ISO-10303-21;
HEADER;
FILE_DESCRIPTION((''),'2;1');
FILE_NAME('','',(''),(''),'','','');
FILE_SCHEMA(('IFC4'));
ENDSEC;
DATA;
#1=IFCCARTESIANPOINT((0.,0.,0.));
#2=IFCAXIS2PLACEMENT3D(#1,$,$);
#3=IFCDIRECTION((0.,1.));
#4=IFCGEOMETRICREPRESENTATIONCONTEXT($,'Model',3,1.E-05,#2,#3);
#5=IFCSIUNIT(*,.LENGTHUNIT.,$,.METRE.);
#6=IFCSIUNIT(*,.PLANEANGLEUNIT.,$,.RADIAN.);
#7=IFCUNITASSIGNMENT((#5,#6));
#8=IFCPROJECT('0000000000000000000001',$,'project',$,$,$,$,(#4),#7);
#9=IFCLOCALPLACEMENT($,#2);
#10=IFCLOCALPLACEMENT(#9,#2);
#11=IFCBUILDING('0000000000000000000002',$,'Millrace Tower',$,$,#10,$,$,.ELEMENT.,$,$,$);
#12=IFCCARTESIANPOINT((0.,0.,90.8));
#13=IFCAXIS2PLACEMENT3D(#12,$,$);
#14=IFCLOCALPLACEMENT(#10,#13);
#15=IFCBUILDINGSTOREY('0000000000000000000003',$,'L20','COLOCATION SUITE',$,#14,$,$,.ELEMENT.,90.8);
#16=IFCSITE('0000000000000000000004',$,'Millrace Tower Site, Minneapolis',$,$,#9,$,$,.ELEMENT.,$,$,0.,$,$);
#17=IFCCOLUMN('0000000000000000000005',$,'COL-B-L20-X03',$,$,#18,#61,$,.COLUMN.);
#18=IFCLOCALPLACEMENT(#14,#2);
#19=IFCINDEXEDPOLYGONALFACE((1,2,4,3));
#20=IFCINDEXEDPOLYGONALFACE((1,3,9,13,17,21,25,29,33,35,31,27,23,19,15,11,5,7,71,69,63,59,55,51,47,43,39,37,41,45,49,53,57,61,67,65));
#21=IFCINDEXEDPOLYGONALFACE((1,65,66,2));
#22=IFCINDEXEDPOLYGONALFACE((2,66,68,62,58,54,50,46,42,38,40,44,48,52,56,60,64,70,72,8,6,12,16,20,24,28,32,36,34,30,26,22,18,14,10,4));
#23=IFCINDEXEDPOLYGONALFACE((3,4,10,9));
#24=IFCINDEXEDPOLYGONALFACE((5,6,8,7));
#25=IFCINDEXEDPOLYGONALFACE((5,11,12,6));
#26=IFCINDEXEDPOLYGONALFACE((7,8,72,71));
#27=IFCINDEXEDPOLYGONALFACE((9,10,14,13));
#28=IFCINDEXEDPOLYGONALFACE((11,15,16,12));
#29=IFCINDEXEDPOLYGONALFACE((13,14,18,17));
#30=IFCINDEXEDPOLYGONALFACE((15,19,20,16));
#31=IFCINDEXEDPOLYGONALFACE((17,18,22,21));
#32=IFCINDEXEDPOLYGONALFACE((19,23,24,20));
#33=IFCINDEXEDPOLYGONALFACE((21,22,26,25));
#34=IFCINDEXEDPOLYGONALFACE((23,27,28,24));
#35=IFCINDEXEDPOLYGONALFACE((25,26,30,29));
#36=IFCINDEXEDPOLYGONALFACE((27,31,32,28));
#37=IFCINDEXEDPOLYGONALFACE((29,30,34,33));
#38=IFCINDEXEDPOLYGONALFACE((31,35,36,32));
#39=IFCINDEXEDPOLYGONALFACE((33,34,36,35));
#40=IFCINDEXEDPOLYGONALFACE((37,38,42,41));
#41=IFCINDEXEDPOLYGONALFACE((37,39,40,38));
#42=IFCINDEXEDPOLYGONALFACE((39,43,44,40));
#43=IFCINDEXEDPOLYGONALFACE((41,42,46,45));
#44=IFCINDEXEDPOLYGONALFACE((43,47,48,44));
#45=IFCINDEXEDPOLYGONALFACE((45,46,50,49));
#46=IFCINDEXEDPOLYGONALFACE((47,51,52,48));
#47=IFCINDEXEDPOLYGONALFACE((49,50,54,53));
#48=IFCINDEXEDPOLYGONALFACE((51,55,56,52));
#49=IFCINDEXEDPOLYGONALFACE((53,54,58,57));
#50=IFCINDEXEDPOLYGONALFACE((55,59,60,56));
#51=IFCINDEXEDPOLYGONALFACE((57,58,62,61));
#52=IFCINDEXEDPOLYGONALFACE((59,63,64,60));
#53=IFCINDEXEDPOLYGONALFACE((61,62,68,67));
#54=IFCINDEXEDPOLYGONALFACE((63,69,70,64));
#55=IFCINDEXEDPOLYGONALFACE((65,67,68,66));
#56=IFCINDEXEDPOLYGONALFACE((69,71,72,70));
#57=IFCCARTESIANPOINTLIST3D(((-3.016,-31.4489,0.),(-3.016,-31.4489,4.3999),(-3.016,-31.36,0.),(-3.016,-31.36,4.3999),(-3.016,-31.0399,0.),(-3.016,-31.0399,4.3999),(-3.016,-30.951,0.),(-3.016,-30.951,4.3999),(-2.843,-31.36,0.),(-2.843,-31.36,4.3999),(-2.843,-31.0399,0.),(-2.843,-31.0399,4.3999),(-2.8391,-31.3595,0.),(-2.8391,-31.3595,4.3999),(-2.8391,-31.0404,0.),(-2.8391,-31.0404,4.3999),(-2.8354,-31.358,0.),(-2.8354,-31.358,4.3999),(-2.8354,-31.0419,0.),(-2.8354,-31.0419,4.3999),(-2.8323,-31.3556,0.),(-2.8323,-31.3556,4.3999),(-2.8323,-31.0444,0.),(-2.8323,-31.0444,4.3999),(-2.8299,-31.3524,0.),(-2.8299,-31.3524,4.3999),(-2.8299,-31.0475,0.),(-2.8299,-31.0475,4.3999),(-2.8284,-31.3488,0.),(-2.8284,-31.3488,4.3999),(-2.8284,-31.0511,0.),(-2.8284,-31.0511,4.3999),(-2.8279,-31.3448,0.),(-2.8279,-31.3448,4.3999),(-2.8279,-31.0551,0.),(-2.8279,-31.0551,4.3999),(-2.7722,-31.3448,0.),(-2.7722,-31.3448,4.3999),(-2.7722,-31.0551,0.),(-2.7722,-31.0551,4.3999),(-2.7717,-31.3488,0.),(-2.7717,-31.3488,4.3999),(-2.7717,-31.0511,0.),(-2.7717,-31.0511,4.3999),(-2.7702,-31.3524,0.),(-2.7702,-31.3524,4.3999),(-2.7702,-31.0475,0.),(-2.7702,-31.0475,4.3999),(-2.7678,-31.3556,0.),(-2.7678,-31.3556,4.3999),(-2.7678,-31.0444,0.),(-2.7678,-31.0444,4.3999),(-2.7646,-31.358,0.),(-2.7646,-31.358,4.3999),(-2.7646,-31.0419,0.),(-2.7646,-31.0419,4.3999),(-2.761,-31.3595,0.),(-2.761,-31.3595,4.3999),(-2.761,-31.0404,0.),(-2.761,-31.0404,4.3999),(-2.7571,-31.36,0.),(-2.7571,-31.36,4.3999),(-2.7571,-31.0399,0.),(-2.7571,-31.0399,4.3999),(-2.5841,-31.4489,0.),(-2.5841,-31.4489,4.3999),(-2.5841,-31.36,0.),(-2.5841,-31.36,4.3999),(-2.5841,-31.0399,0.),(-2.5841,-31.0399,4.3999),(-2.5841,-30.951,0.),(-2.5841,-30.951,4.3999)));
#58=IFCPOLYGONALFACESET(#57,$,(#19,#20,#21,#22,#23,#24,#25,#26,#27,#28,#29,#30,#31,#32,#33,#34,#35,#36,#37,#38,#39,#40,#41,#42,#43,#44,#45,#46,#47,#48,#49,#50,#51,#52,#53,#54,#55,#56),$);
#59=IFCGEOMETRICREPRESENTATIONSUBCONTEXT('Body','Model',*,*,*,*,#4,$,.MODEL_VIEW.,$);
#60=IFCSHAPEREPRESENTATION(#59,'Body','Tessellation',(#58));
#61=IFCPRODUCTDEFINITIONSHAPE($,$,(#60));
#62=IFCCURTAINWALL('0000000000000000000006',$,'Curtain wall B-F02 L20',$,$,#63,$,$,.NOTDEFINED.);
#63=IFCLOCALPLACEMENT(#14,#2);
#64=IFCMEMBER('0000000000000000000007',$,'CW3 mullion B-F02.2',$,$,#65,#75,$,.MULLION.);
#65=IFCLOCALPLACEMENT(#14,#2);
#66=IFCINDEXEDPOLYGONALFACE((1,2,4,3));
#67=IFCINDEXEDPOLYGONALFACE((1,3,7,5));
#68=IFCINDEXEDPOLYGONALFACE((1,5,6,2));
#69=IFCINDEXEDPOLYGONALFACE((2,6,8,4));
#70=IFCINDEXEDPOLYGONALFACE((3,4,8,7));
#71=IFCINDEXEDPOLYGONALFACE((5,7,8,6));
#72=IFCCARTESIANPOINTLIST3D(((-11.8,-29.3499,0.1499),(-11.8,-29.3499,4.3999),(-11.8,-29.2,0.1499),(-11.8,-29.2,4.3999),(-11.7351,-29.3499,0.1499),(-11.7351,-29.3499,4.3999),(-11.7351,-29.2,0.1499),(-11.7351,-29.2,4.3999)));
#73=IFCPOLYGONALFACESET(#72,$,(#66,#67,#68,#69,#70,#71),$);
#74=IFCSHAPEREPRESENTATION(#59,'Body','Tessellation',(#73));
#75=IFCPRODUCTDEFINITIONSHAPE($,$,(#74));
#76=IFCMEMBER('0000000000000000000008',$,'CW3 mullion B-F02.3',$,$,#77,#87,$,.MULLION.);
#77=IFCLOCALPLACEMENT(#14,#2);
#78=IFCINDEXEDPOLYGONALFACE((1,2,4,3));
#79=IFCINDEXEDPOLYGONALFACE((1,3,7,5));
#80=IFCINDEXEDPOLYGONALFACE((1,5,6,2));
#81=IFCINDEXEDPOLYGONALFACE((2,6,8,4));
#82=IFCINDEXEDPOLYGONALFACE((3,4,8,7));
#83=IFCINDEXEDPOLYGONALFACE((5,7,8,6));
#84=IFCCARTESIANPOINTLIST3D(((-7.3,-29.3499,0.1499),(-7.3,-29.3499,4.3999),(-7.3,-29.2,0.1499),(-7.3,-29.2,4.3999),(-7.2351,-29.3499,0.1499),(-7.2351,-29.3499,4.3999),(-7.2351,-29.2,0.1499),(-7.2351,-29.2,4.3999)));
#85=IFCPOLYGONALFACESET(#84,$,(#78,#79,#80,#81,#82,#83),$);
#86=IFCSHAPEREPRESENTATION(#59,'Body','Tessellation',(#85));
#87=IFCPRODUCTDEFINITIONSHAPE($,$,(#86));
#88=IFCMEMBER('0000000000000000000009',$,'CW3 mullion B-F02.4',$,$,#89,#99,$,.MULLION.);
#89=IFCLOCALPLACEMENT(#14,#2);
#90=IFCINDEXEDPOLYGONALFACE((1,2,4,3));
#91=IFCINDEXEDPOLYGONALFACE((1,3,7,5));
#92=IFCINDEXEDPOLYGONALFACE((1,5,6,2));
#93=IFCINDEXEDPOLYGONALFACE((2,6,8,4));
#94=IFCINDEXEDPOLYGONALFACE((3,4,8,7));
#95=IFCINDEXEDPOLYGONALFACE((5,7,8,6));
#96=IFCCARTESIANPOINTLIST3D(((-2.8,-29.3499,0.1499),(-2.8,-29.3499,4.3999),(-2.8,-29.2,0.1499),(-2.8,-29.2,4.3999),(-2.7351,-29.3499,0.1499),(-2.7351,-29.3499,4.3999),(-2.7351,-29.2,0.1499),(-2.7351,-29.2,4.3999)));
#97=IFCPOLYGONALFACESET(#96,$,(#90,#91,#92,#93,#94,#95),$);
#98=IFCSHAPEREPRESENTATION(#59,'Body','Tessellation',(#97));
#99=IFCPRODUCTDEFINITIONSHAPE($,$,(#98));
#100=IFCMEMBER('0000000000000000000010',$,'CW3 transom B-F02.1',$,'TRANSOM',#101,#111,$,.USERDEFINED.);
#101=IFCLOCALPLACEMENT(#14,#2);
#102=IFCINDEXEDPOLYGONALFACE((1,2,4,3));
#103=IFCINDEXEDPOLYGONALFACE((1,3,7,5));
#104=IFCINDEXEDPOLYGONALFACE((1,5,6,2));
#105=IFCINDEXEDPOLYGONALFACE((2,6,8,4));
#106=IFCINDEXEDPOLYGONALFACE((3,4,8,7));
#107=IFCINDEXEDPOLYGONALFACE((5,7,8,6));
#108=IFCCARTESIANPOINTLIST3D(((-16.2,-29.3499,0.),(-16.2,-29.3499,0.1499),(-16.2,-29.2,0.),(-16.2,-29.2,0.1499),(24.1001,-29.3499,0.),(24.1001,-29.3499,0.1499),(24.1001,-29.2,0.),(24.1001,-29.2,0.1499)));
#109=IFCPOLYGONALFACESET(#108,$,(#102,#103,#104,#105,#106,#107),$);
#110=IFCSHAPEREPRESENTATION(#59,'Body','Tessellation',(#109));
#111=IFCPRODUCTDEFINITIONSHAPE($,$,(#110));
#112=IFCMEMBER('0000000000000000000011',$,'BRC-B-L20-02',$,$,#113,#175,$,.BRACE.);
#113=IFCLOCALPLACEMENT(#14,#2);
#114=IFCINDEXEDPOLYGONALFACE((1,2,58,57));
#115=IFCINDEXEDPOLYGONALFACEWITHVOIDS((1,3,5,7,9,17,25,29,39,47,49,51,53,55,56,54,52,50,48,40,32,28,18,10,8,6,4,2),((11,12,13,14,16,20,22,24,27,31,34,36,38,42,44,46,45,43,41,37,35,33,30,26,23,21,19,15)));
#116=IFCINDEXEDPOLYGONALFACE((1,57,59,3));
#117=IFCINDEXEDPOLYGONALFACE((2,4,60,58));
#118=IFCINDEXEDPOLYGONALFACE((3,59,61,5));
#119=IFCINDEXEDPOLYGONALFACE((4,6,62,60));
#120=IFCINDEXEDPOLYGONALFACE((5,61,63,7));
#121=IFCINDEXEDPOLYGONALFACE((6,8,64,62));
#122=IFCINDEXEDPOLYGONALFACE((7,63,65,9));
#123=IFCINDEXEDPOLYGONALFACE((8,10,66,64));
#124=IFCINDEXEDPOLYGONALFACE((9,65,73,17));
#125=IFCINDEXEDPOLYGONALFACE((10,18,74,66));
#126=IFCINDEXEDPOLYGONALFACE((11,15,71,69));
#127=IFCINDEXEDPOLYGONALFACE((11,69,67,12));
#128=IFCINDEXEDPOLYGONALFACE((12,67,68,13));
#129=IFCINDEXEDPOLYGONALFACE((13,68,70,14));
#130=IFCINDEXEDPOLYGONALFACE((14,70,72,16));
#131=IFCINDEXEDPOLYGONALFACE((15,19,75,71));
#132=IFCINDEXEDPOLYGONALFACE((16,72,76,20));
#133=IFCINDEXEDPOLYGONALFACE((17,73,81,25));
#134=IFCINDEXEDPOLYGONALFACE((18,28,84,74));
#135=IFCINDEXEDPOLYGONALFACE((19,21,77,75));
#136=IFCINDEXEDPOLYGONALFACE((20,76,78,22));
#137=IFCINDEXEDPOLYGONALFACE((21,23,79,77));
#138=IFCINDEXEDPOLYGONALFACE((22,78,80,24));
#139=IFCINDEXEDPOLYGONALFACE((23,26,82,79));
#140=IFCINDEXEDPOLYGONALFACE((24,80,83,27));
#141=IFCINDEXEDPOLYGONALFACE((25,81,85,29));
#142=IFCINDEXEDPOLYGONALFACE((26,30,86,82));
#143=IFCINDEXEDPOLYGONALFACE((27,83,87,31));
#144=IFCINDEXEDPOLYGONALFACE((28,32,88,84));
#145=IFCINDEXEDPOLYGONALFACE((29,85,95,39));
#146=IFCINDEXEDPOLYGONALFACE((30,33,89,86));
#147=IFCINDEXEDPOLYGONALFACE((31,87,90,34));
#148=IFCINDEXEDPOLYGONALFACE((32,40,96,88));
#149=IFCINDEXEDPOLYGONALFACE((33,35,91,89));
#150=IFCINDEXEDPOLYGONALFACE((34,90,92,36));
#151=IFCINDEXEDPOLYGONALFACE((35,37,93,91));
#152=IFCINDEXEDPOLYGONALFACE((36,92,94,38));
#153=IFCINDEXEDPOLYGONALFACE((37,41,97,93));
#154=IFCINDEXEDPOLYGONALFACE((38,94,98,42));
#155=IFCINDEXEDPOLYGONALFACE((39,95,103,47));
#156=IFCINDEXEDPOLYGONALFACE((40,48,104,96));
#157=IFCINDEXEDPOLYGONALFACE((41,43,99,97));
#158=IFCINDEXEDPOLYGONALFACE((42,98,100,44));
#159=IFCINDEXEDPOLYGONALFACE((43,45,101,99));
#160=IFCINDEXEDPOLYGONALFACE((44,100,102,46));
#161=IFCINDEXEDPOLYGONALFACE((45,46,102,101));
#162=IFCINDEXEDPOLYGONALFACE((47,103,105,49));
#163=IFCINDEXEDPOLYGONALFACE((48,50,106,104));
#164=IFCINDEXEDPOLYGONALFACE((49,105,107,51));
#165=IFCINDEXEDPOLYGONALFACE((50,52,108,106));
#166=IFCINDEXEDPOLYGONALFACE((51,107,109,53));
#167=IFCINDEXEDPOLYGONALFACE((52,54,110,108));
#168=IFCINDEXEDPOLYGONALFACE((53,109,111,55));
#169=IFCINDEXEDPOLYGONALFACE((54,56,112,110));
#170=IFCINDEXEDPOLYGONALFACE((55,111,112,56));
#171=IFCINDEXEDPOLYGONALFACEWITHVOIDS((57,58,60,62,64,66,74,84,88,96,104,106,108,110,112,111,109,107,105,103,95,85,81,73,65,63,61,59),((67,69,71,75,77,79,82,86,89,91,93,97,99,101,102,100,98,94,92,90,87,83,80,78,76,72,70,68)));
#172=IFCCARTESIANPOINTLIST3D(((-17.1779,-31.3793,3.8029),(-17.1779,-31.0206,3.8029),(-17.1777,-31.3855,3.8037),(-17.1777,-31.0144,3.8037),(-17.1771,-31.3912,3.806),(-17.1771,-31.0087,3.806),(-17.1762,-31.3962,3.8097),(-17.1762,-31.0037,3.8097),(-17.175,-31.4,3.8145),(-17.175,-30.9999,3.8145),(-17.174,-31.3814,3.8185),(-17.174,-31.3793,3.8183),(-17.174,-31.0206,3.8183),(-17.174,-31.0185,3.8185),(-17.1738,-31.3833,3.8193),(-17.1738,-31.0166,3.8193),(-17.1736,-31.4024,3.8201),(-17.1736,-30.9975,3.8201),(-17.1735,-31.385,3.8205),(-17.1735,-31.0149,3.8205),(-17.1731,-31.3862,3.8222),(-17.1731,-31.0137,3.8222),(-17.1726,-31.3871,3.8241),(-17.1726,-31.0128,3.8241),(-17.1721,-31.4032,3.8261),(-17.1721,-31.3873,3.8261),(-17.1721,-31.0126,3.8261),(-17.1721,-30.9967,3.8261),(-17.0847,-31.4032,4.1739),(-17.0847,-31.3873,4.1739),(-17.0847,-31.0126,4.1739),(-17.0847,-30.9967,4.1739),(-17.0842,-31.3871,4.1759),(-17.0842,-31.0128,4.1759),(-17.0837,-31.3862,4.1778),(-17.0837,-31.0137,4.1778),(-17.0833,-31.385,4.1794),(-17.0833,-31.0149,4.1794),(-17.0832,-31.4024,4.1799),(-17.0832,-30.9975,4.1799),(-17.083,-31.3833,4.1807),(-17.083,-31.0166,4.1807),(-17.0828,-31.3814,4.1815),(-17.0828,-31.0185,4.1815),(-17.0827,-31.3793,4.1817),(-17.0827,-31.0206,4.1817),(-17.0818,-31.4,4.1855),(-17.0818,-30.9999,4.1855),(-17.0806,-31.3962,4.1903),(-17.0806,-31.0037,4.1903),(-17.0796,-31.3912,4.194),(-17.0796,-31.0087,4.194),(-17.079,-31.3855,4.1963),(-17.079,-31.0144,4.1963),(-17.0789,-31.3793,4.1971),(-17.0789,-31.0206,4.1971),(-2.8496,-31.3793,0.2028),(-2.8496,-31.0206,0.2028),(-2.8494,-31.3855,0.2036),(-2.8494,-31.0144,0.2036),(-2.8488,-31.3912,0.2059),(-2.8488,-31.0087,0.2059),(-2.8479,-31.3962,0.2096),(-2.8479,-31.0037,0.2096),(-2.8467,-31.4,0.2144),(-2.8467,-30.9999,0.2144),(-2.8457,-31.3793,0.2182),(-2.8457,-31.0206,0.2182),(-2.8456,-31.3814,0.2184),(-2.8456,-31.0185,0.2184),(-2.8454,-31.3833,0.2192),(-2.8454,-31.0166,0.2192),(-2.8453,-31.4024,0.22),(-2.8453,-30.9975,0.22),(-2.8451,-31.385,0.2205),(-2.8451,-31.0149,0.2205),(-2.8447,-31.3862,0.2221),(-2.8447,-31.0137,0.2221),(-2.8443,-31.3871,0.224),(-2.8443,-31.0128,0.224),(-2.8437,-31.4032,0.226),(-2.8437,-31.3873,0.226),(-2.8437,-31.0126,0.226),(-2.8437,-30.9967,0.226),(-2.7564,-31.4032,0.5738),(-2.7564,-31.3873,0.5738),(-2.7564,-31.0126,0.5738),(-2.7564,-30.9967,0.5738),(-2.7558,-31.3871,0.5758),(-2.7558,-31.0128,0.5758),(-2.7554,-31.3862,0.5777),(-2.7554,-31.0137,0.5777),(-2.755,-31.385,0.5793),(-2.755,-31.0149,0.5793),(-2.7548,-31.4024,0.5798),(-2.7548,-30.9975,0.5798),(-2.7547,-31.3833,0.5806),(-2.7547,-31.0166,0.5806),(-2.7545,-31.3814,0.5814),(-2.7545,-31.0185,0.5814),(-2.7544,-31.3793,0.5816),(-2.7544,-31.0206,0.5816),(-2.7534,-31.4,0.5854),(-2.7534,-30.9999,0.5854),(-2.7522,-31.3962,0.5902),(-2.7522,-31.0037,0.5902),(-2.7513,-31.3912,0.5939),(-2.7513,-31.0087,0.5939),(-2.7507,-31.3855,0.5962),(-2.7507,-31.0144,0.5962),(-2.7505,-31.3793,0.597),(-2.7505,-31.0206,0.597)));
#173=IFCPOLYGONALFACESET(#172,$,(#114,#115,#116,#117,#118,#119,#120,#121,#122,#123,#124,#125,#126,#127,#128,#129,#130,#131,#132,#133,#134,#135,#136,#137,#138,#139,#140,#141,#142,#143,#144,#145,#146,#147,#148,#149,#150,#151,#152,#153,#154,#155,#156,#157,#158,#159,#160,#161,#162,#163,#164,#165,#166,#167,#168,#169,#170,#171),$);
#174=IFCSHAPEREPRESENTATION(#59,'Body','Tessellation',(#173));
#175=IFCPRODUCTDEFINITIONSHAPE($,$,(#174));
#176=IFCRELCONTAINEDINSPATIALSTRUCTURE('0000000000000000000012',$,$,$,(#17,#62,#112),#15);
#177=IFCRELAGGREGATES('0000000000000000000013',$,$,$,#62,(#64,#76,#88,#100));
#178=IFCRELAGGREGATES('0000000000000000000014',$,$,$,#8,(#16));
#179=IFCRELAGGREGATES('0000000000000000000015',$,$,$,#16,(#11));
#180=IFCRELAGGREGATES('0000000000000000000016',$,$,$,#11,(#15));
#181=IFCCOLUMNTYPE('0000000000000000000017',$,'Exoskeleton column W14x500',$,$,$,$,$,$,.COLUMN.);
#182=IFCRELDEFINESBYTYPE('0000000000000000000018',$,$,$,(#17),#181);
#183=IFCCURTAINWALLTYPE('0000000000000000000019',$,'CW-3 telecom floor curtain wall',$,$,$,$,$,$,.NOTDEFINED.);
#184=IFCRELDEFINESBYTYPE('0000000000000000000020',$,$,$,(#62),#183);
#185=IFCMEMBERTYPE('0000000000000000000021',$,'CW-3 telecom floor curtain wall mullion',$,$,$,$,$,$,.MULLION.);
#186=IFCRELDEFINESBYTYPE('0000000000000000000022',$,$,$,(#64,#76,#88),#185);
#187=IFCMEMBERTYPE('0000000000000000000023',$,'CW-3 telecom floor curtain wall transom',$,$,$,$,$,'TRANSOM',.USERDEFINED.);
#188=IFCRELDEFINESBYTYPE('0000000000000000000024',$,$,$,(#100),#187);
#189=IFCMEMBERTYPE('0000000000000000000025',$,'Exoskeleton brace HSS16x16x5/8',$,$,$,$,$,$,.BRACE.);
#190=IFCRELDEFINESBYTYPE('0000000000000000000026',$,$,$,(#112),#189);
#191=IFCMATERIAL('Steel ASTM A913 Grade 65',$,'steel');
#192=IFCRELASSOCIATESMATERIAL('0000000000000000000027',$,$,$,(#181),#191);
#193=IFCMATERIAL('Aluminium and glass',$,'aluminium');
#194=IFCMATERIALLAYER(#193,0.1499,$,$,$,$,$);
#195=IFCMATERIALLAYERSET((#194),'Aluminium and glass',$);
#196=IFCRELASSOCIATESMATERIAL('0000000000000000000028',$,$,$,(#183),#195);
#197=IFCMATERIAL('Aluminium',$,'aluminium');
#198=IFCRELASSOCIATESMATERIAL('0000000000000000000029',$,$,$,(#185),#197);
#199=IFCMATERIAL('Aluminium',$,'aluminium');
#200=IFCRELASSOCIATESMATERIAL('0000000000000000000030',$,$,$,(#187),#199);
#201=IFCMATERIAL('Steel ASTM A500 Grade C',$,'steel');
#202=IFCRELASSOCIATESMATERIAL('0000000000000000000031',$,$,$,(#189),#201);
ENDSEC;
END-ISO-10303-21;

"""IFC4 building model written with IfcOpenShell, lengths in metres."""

from ifc_helpers import new_model, si_unit, direction, frame, origin, origin_2d, place, context, subcontext, project, spatial, rectangle, hollow_rectangle, i_section, extrude, material, layer, layer_set, material_profile, profile_set, type_object, element, aggregate, save


model = new_model("IFC4")

# Units and contexts
model_context = context("Model", 3, precision=1e-05, world=origin(), true_north=direction((0.0, 1.0)))
body_context = subcontext(model_context, "Body", "Model", "MODEL_VIEW")
ifc_project = project(units=[si_unit("LENGTHUNIT", "METRE"), si_unit("PLANEANGLEUNIT", "RADIAN")], contexts=[model_context])

# Site, building, storey
site_placement = place(None, origin())
site = spatial("IfcSite", under=ifc_project, at=site_placement, Name="Millrace Tower Site, Minneapolis", CompositionType="ELEMENT", RefElevation=0.0)
building_placement = place(site_placement, origin())
building = spatial("IfcBuilding", under=site, at=building_placement, Name="Millrace Tower", CompositionType="ELEMENT")
storey_placement = place(building_placement, frame((0.0, 0.0, 90.8)))
storey = spatial("IfcBuildingStorey", under=building, at=storey_placement, Name="L20", Description="COLOCATION SUITE", CompositionType="ELEMENT", Elevation=90.8)

# Column
ifc_material_1 = material(Name="Steel ASTM A913 Grade 65", Category="steel")
ifc_material_profile_1 = material_profile(ifc_material_1, i_section(OverallWidth=0.4319, OverallDepth=0.4978, WebThickness=0.0557, FlangeThickness=0.0889, FilletRadius=0.0151, at=origin_2d()))
ifc_profile_set_1 = profile_set([ifc_material_profile_1], Name="Steel ASTM A913 Grade 65")
column_type = type_object("IfcColumnType", Name="Exoskeleton column W14x500", PredefinedType="COLUMN", material=ifc_profile_set_1)
column_placement = place(storey_placement, frame((-2.8, -31.2, 0.0), z_axis=(0.0, 0.0, 1.0), x_axis=(1.0, 0.0, 0.0)))
element("IfcColumn", 1, at=column_placement, inside=storey, type_object=column_type, Name="COL-B-L20-X03", PredefinedType="COLUMN", context=body_context, shape_type="SweptSolid", body=[
    extrude(i_section(OverallWidth=0.4319, OverallDepth=0.4978, WebThickness=0.0557, FlangeThickness=0.0889, FilletRadius=0.0151, at=origin_2d()), origin(), (0.0, 0.0, 1.0), 4.3999),
])

# Curtain wall, members
ifc_material_2 = material(Name="Aluminium and glass", Category="aluminium")
ifc_layer_1 = layer(ifc_material_2, 0.1499)
ifc_layer_set_1 = layer_set([ifc_layer_1], Name="Aluminium and glass")
curtain_wall_type = type_object("IfcCurtainWallType", Name="CW-3 telecom floor curtain wall", PredefinedType="NOTDEFINED", material=ifc_layer_set_1)
curtain_wall_placement = place(storey_placement, origin())
curtain_wall = element("IfcCurtainWall", 2, at=curtain_wall_placement, inside=storey, type_object=curtain_wall_type, Name="Curtain wall B-F02 L20", PredefinedType="NOTDEFINED")
ifc_material_3 = material(Name="Aluminium", Category="aluminium")
ifc_material_profile_2 = material_profile(ifc_material_3, rectangle(XDim=0.0649, YDim=0.1499, at=origin_2d()))
ifc_profile_set_2 = profile_set([ifc_material_profile_2], Name="Aluminium")
member_type_1 = type_object("IfcMemberType", Name="CW-3 telecom floor curtain wall mullion", PredefinedType="MULLION", material=ifc_profile_set_2)
member_1_placement = place(storey_placement, frame((-11.7676, -29.2749, 0.1499), z_axis=(0.0, 0.0, 1.0), x_axis=(1.0, 0.0, 0.0)))
member_1 = element("IfcMember", 3, at=member_1_placement, type_object=member_type_1, Name="CW3 mullion B-F02.2", PredefinedType="MULLION", context=body_context, shape_type="SweptSolid", body=[
    extrude(rectangle(XDim=0.0649, YDim=0.1499, at=origin_2d()), origin(), (0.0, 0.0, 1.0), 4.25),
])
member_2_placement = place(storey_placement, frame((-7.2676, -29.2749, 0.1499), z_axis=(0.0, 0.0, 1.0), x_axis=(1.0, 0.0, 0.0)))
member_2 = element("IfcMember", 4, at=member_2_placement, type_object=member_type_1, Name="CW3 mullion B-F02.3", PredefinedType="MULLION", context=body_context, shape_type="SweptSolid", body=[
    extrude(rectangle(XDim=0.0649, YDim=0.1499, at=origin_2d()), origin(), (0.0, 0.0, 1.0), 4.25),
])
member_3_placement = place(storey_placement, frame((-2.7676, -29.2749, 0.1499), z_axis=(0.0, 0.0, 1.0), x_axis=(1.0, 0.0, 0.0)))
member_3 = element("IfcMember", 5, at=member_3_placement, type_object=member_type_1, Name="CW3 mullion B-F02.4", PredefinedType="MULLION", context=body_context, shape_type="SweptSolid", body=[
    extrude(rectangle(XDim=0.0649, YDim=0.1499, at=origin_2d()), origin(), (0.0, 0.0, 1.0), 4.25),
])
ifc_material_4 = material(Name="Aluminium", Category="aluminium")
ifc_material_profile_3 = material_profile(ifc_material_4, rectangle(XDim=0.1499, YDim=0.1499, at=origin_2d()))
ifc_profile_set_3 = profile_set([ifc_material_profile_3], Name="Aluminium")
member_type_2 = type_object("IfcMemberType", Name="CW-3 telecom floor curtain wall transom", ElementType="TRANSOM", PredefinedType="USERDEFINED", material=ifc_profile_set_3)
member_4_placement = place(storey_placement, frame((-16.2, -29.2749, 0.075), z_axis=(1.0, 0.0, 0.0), x_axis=(0.0, 1.0, 0.0)))
member_4 = element("IfcMember", 6, at=member_4_placement, type_object=member_type_2, Name="CW3 transom B-F02.1", ObjectType="TRANSOM", PredefinedType="USERDEFINED", context=body_context, shape_type="SweptSolid", body=[
    extrude(rectangle(XDim=0.1499, YDim=0.1499, at=origin_2d()), origin(), (0.0, 0.0, 1.0), 40.3),
])
aggregate(curtain_wall, [member_1, member_2, member_3, member_4])

# Member
ifc_material_5 = material(Name="Steel ASTM A500 Grade C", Category="steel")
ifc_material_profile_4 = material_profile(ifc_material_5, hollow_rectangle(XDim=0.4065, YDim=0.4065, WallThickness=0.0159, InnerFilletRadius=0.0081, OuterFilletRadius=0.0239, at=origin_2d()))
ifc_profile_set_4 = profile_set([ifc_material_profile_4], Name="Steel ASTM A500 Grade C")
member_type_3 = type_object("IfcMemberType", Name="Exoskeleton brace HSS16x16x5/8", PredefinedType="BRACE", material=ifc_profile_set_4)
member_5_placement = place(storey_placement, frame((-2.8, -31.2, 0.3999), z_axis=(-0.969855, 0.0, 0.243683), x_axis=(0.0, -1.0, 0.0)))
element("IfcMember", 7, at=member_5_placement, inside=storey, type_object=member_type_3, Name="BRC-B-L20-02", PredefinedType="BRACE", context=body_context, shape_type="SweptSolid", body=[
    extrude(hollow_rectangle(XDim=0.4065, YDim=0.4065, WallThickness=0.0159, InnerFilletRadius=0.0081, OuterFilletRadius=0.0239, at=origin_2d()), origin(), (0.0, 0.0, 1.0), 14.7737),
])

save(model, "model.ifc")
